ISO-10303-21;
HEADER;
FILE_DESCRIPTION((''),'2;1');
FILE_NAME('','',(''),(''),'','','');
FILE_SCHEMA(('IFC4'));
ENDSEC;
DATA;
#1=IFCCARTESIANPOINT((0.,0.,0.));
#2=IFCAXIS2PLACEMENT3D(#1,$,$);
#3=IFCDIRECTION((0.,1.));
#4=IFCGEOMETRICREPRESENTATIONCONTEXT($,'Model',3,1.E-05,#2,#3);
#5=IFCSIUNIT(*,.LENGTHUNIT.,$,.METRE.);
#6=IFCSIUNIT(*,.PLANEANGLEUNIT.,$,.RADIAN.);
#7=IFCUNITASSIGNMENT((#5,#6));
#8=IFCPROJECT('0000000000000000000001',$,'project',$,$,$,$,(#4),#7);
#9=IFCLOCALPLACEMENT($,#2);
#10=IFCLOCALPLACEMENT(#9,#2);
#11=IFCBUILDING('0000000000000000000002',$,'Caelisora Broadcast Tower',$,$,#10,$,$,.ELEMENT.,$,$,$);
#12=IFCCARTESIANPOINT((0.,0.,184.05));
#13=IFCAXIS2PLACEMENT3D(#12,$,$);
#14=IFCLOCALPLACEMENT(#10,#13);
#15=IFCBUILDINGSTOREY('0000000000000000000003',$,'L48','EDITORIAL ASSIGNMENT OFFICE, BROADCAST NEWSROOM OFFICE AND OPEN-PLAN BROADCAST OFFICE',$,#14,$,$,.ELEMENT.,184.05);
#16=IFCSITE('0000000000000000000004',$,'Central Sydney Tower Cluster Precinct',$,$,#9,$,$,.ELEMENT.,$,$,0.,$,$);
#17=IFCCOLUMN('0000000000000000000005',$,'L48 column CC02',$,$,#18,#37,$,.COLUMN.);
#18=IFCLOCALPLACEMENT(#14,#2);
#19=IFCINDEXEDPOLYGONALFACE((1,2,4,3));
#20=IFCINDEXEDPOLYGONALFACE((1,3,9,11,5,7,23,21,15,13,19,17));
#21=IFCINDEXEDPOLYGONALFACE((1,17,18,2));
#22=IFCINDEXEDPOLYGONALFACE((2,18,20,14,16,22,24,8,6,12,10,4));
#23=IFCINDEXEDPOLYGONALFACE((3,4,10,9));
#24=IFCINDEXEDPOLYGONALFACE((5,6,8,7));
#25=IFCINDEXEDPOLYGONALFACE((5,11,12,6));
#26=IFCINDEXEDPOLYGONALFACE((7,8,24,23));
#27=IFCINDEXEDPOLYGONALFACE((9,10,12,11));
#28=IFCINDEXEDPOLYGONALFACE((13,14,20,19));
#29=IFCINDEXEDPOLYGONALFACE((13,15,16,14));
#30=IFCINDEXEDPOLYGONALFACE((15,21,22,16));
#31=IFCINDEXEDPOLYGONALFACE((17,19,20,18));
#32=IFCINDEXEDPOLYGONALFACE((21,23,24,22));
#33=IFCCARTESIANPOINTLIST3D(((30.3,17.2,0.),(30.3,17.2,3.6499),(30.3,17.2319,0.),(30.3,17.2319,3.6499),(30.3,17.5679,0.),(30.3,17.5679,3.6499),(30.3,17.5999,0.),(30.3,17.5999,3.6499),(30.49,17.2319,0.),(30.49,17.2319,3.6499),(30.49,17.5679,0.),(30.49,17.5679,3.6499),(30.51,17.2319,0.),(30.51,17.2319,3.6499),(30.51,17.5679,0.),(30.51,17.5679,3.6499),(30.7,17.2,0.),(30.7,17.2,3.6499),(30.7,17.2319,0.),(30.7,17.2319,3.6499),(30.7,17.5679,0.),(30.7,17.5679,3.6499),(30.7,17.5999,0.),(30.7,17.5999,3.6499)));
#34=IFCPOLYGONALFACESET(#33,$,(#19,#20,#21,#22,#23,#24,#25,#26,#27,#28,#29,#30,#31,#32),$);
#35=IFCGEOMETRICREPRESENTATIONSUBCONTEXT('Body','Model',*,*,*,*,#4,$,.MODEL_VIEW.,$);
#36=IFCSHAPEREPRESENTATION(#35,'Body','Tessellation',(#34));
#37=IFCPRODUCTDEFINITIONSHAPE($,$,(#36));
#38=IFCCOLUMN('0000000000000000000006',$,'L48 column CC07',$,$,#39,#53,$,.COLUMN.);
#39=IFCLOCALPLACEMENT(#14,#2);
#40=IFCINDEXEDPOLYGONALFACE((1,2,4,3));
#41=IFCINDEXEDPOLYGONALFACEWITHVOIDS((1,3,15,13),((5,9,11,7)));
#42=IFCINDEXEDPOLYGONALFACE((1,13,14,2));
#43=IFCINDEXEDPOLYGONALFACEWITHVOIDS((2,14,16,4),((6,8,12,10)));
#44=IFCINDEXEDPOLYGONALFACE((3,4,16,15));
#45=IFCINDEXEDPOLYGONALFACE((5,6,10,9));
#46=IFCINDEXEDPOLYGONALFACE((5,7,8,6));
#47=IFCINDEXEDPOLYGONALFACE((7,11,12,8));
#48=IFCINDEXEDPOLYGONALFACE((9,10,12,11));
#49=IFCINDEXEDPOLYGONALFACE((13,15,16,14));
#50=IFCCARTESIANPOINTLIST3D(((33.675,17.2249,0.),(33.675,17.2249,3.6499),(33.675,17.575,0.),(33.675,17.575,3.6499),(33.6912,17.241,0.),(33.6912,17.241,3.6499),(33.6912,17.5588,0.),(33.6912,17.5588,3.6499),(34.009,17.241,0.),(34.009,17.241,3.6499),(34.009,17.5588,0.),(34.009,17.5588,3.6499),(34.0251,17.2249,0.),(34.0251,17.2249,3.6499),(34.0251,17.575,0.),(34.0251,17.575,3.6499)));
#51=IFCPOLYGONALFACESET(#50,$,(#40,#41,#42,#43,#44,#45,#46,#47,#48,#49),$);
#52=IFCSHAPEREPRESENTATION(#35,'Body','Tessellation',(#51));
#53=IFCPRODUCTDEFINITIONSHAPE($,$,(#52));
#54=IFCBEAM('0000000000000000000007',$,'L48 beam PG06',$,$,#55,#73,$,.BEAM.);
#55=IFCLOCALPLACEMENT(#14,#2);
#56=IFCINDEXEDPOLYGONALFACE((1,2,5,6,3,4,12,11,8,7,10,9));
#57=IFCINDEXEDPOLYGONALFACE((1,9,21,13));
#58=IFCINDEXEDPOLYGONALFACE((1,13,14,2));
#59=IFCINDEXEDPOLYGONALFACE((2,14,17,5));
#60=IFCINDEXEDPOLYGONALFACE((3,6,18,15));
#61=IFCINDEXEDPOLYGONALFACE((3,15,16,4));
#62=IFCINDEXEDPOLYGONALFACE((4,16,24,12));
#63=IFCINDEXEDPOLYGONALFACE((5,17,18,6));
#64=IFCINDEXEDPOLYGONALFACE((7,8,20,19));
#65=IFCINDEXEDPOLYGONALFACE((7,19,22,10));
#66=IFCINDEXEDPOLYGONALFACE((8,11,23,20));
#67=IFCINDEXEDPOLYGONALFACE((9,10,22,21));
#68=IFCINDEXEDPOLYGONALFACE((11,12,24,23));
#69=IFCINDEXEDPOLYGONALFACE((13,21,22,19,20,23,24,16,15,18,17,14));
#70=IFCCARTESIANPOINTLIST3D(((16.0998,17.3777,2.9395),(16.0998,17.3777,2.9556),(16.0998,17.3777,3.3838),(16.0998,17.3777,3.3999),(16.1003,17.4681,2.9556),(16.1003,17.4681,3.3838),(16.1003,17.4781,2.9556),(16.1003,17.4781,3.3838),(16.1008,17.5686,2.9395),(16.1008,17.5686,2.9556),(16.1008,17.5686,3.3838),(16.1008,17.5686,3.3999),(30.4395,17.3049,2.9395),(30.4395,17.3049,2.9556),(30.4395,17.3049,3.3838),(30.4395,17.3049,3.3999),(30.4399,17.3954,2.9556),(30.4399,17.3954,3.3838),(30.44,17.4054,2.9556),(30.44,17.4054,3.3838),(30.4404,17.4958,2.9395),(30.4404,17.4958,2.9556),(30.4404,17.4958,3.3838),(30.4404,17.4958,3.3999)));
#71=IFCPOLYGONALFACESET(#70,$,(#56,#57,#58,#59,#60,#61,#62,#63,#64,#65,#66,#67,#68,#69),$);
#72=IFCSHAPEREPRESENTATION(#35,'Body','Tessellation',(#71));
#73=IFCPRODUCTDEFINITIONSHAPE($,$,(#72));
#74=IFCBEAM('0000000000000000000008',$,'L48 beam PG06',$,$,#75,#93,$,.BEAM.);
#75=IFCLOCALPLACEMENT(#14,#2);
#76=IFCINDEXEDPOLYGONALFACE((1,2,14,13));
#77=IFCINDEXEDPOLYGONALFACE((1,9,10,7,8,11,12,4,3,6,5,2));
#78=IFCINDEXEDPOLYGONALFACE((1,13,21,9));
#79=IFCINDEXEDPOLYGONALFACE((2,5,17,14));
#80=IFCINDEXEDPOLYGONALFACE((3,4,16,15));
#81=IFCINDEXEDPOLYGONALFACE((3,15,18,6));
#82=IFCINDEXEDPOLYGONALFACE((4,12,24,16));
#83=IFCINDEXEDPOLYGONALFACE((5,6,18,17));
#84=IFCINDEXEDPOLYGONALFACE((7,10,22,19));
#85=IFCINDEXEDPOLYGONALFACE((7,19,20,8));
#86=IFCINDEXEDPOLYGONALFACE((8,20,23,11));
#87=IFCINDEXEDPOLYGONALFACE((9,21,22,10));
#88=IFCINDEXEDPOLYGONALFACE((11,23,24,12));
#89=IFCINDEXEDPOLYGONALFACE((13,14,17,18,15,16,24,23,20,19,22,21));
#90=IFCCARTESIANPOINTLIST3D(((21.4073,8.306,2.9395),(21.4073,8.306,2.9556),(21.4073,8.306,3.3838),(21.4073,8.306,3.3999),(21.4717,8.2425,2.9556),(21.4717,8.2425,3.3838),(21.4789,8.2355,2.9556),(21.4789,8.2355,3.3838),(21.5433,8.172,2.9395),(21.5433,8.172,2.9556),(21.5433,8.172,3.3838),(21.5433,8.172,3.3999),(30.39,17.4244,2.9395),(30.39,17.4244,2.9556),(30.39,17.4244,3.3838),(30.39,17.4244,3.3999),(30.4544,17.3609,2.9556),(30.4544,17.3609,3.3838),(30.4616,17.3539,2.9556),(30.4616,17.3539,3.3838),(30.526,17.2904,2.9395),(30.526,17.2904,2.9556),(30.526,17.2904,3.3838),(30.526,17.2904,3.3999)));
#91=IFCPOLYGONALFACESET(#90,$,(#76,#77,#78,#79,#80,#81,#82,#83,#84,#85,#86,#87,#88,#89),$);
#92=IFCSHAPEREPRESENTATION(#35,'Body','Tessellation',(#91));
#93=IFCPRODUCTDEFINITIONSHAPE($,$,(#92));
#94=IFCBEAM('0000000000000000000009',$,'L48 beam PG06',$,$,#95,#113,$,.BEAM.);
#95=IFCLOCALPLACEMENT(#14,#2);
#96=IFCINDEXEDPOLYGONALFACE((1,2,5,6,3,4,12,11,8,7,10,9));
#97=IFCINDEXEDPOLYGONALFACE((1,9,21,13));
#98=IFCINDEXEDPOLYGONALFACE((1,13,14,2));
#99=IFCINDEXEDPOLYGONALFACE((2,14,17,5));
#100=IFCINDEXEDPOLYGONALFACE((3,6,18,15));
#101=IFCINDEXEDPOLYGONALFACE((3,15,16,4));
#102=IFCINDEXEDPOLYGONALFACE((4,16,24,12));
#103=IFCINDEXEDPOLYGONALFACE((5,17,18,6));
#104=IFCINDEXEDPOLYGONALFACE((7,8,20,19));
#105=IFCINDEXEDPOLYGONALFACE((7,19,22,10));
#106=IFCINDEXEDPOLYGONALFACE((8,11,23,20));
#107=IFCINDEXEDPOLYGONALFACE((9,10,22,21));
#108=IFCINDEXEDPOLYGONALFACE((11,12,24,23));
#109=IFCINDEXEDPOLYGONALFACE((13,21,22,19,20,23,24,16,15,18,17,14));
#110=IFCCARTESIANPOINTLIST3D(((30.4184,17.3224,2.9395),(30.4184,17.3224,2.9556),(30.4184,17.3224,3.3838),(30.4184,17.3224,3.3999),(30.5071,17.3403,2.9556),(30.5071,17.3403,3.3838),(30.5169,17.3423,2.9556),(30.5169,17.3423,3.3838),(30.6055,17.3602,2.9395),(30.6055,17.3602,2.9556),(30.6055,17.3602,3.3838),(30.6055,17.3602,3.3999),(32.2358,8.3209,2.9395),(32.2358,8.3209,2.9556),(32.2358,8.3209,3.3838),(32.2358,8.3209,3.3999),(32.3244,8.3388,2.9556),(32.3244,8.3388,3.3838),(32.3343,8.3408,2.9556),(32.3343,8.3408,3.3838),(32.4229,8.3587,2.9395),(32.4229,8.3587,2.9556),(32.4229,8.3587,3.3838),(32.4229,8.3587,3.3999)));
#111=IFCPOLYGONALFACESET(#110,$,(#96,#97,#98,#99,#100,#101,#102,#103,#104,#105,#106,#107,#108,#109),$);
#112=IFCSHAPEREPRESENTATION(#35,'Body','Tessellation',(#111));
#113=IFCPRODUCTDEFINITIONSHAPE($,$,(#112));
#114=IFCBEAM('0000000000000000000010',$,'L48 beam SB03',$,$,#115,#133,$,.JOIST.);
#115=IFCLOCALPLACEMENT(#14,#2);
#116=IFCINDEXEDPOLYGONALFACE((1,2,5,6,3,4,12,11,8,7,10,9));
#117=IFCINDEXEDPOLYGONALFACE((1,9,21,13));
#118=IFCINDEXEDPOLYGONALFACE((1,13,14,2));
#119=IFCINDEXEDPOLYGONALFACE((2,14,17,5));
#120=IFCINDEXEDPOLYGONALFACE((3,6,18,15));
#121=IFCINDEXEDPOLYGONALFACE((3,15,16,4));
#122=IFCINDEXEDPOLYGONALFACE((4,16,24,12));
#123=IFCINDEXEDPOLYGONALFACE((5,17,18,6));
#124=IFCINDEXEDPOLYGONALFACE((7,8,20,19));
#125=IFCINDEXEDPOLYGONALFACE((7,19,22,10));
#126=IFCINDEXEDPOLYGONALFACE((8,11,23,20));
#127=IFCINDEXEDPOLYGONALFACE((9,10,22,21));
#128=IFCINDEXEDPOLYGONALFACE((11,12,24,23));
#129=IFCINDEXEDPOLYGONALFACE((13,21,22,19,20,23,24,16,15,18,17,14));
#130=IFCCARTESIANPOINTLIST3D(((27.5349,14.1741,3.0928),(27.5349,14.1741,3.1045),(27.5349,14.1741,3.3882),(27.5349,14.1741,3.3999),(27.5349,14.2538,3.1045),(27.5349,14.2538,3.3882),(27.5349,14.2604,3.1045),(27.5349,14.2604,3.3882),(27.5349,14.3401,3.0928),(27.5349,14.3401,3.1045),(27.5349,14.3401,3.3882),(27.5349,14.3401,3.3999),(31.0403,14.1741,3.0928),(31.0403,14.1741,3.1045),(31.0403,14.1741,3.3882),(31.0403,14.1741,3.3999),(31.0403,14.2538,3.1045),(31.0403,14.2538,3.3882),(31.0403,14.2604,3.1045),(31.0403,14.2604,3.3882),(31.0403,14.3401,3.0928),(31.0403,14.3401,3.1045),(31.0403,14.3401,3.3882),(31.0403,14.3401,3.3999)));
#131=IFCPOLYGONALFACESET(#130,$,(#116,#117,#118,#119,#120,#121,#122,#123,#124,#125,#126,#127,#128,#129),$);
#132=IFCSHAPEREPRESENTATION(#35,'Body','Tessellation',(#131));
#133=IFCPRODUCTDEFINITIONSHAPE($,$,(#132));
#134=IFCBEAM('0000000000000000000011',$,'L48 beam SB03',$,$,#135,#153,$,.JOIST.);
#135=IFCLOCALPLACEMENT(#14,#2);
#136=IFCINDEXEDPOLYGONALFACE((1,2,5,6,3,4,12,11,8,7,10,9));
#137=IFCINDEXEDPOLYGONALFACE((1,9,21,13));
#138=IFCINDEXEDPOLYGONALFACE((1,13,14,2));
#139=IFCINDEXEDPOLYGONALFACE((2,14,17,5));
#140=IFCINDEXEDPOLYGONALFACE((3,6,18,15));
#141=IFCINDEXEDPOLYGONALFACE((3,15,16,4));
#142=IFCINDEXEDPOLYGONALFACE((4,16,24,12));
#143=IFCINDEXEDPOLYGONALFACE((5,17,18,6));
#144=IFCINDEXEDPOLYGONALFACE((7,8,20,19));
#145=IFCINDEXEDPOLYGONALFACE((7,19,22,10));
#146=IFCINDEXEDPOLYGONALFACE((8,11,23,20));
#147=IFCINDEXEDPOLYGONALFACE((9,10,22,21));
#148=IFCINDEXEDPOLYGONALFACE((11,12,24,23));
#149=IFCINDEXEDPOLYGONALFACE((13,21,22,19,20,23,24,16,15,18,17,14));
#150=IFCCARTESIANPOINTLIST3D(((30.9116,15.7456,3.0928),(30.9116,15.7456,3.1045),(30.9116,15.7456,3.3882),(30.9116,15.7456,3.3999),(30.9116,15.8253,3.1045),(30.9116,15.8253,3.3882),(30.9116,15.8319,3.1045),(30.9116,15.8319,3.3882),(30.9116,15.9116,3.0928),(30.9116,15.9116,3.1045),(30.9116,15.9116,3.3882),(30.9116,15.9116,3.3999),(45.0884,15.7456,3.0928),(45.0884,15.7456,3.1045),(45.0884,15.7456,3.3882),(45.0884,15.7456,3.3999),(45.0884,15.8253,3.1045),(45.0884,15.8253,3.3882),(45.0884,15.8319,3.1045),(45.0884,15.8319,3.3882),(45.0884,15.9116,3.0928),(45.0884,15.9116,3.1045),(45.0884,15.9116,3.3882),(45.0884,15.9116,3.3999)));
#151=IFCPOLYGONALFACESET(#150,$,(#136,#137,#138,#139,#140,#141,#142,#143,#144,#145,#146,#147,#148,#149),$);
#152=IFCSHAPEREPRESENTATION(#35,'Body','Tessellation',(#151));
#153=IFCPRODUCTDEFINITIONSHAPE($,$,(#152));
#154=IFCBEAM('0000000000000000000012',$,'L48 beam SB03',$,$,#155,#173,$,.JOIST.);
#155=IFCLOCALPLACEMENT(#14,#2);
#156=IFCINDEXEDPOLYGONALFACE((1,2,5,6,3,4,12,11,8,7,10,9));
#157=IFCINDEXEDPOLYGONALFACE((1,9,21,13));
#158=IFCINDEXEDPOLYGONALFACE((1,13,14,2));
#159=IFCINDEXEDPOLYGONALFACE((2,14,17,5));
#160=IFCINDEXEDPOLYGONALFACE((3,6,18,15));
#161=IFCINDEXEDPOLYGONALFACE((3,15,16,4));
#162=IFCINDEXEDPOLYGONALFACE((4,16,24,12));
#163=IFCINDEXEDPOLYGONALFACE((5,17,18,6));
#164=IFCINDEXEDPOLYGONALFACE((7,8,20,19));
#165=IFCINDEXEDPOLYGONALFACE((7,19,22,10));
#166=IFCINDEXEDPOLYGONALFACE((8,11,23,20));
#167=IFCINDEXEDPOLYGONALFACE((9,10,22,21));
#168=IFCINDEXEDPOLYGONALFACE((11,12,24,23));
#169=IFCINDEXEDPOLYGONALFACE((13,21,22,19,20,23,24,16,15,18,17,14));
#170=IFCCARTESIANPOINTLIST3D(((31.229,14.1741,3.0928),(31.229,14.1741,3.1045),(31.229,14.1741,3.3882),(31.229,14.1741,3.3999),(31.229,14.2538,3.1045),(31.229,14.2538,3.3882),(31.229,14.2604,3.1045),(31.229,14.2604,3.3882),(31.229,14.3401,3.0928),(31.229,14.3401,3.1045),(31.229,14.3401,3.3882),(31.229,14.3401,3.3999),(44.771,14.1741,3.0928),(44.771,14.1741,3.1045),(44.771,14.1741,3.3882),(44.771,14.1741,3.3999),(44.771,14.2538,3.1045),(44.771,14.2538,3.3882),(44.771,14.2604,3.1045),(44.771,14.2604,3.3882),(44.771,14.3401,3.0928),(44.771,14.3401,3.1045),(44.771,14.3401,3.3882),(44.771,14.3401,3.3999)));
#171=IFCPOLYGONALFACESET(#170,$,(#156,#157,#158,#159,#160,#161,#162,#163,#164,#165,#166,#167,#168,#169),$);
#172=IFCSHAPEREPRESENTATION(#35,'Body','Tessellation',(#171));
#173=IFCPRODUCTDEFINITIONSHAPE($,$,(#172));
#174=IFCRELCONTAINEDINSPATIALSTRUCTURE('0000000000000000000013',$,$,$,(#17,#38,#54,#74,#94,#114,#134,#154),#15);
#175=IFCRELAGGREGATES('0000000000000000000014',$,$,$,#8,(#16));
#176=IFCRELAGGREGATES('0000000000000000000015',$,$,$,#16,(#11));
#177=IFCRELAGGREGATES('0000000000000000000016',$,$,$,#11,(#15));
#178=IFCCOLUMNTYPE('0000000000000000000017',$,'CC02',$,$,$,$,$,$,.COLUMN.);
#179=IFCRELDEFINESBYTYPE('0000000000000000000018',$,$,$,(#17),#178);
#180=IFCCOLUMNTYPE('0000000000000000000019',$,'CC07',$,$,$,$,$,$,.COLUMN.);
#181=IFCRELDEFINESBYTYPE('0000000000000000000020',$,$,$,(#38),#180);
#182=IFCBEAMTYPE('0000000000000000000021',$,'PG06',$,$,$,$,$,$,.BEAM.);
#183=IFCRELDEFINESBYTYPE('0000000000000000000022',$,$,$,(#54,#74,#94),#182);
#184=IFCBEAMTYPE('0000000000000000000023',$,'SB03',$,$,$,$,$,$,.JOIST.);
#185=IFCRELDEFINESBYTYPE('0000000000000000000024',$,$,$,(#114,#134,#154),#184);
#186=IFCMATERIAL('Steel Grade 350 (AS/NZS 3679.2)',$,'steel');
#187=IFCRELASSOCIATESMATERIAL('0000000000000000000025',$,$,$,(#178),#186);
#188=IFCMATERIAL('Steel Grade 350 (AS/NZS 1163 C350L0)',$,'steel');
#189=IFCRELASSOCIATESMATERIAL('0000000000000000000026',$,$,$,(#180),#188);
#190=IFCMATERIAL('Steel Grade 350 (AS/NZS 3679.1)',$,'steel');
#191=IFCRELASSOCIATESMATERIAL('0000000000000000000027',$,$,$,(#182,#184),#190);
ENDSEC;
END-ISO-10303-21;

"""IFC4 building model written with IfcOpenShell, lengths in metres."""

from ifc_helpers import new_model, si_unit, direction, frame, origin, origin_2d, place, context, subcontext, project, spatial, hollow_rectangle, i_section, extrude, source, transform, mapped, material, material_profile, profile_set, type_object, type_shapes, element, save


model = new_model("IFC4")

# Units and contexts
model_context = context("Model", 3, precision=1e-05, world=origin(), true_north=direction((0.0, 1.0)))
body_context = subcontext(model_context, "Body", "Model", "MODEL_VIEW")
ifc_project = project(units=[si_unit("LENGTHUNIT", "METRE"), si_unit("PLANEANGLEUNIT", "RADIAN")], contexts=[model_context])

# Site, building, storey
site_placement = place(None, origin())
site = spatial("IfcSite", under=ifc_project, at=site_placement, Name="Central Sydney Tower Cluster Precinct", CompositionType="ELEMENT", RefElevation=0.0)
building_placement = place(site_placement, origin())
building = spatial("IfcBuilding", under=site, at=building_placement, Name="Caelisora Broadcast Tower", CompositionType="ELEMENT")
storey_placement = place(building_placement, frame((0.0, 0.0, 184.05)))
storey = spatial("IfcBuildingStorey", under=building, at=storey_placement, Name="L48", Description="EDITORIAL ASSIGNMENT OFFICE, BROADCAST NEWSROOM OFFICE AND OPEN-PLAN BROADCAST OFFICE", CompositionType="ELEMENT", Elevation=184.05)

# Columns
ifc_material_1 = material(Name="Steel Grade 350 (AS/NZS 3679.2)", Category="steel")
ifc_material_profile_1 = material_profile(ifc_material_1, i_section(OverallWidth=0.3999, OverallDepth=0.3999, WebThickness=0.02, FlangeThickness=0.032, at=origin_2d()), Name="Steel Grade 350 (AS/NZS 3679.2)")
ifc_profile_set_1 = profile_set([ifc_material_profile_1], Name="Steel Grade 350 (AS/NZS 3679.2)")
column_type_1 = type_object("IfcColumnType", Name="CC02", PredefinedType="COLUMN", material=ifc_profile_set_1)
shared_shape_1 = source(origin(), body_context, "Body", "SweptSolid", [
    extrude(i_section(OverallWidth=0.3999, OverallDepth=0.3999, WebThickness=0.02, FlangeThickness=0.032, at=origin_2d()), origin(), (0.0, 0.0, 1.0), 3.6499),
])
type_shapes(column_type_1, [shared_shape_1])
column_1_placement = place(storey_placement, frame((30.5, 17.3999, 0.0), z_axis=(0.0, 0.0, 1.0), x_axis=(1.0, 0.0, 0.0)))
element("IfcColumn", 1, at=column_1_placement, inside=storey, type_object=column_type_1, Name="L48 column CC02", PredefinedType="COLUMN", context=body_context, shape_type="MappedRepresentation", body=[
    mapped(shared_shape_1, transform((0.0, 0.0, 0.0), scale=1.0)),
])
ifc_material_2 = material(Name="Steel Grade 350 (AS/NZS 1163 C350L0)", Category="steel")
ifc_material_profile_2 = material_profile(ifc_material_2, hollow_rectangle(XDim=0.3501, YDim=0.3501, WallThickness=0.0161, at=origin_2d()), Name="Steel Grade 350 (AS/NZS 1163 C350L0)")
ifc_profile_set_2 = profile_set([ifc_material_profile_2], Name="Steel Grade 350 (AS/NZS 1163 C350L0)")
column_type_2 = type_object("IfcColumnType", Name="CC07", PredefinedType="COLUMN", material=ifc_profile_set_2)
shared_shape_2 = source(origin(), body_context, "Body", "SweptSolid", [
    extrude(hollow_rectangle(XDim=0.3501, YDim=0.3501, WallThickness=0.0161, at=origin_2d()), origin(), (0.0, 0.0, 1.0), 3.6499),
])
type_shapes(column_type_2, [shared_shape_2])
column_2_placement = place(storey_placement, frame((33.8501, 17.3999, 0.0), z_axis=(0.0, 0.0, 1.0), x_axis=(1.0, 0.0, 0.0)))
element("IfcColumn", 2, at=column_2_placement, inside=storey, type_object=column_type_2, Name="L48 column CC07", PredefinedType="COLUMN", context=body_context, shape_type="MappedRepresentation", body=[
    mapped(shared_shape_2, transform((0.0, 0.0, 0.0), scale=1.0)),
])

# Beams
ifc_material_3 = material(Name="Steel Grade 350 (AS/NZS 3679.1)", Category="steel")
ifc_material_profile_3 = material_profile(ifc_material_3, i_section(OverallWidth=0.1909, OverallDepth=0.4604, WebThickness=0.01, FlangeThickness=0.0161, at=origin_2d()), Name="Steel Grade 350 (AS/NZS 3679.1)")
ifc_profile_set_3 = profile_set([ifc_material_profile_3], Name="Steel Grade 350 (AS/NZS 3679.1)")
beam_type_1 = type_object("IfcBeamType", Name="PG06", PredefinedType="BEAM", material=ifc_profile_set_3)
shared_shape_3 = source(origin(), body_context, "Body", "SweptSolid", [
    extrude(i_section(OverallWidth=0.1909, OverallDepth=0.4604, WebThickness=0.01, FlangeThickness=0.0161, at=origin_2d()), origin(), (0.0, 0.0, 1.0), 14.3398),
])
beam_1_placement = place(storey_placement, frame((30.4399, 17.4004, 3.1697), z_axis=(-0.999987, 0.005074, 0.0), x_axis=(-0.005074, -0.999987, 0.0)))
element("IfcBeam", 3, at=beam_1_placement, inside=storey, type_object=beam_type_1, Name="L48 beam PG06", PredefinedType="BEAM", context=body_context, shape_type="MappedRepresentation", body=[
    mapped(shared_shape_3, transform((0.0, 0.0, 0.0), scale=1.0)),
])
shared_shape_4 = source(origin(), body_context, "Body", "SweptSolid", [
    extrude(i_section(OverallWidth=0.1909, OverallDepth=0.4604, WebThickness=0.01, FlangeThickness=0.0161, at=origin_2d()), origin(), (0.0, 0.0, 1.0), 12.7998),
])
beam_2_placement = place(storey_placement, frame((30.458, 17.3574, 3.1697), z_axis=(-0.701784, -0.712389, 0.0), x_axis=(0.712389, -0.701784, 0.0)))
element("IfcBeam", 4, at=beam_2_placement, inside=storey, type_object=beam_type_1, Name="L48 beam PG06", PredefinedType="BEAM", context=body_context, shape_type="MappedRepresentation", body=[
    mapped(shared_shape_4, transform((0.0, 0.0, 0.0), scale=1.0)),
])
shared_shape_5 = source(origin(), body_context, "Body", "SweptSolid", [
    extrude(i_section(OverallWidth=0.1909, OverallDepth=0.4604, WebThickness=0.01, FlangeThickness=0.0161, at=origin_2d()), origin(), (0.0, 0.0, 1.0), 9.1831),
])
type_shapes(beam_type_1, [shared_shape_3, shared_shape_4, shared_shape_5])
beam_3_placement = place(storey_placement, frame((30.512, 17.3413, 3.1697), z_axis=(0.197905, -0.980221, 0.0), x_axis=(0.980221, 0.197905, 0.0)))
element("IfcBeam", 5, at=beam_3_placement, inside=storey, type_object=beam_type_1, Name="L48 beam PG06", PredefinedType="BEAM", context=body_context, shape_type="MappedRepresentation", body=[
    mapped(shared_shape_5, transform((0.0, 0.0, 0.0), scale=1.0)),
])
ifc_material_profile_4 = material_profile(ifc_material_3, i_section(OverallWidth=0.166, OverallDepth=0.3071, WebThickness=0.0066, FlangeThickness=0.0117, at=origin_2d()), Name="Steel Grade 350 (AS/NZS 3679.1)")
ifc_profile_set_4 = profile_set([ifc_material_profile_4], Name="Steel Grade 350 (AS/NZS 3679.1)")
beam_type_2 = type_object("IfcBeamType", Name="SB03", PredefinedType="JOIST", material=ifc_profile_set_4)
shared_shape_6 = source(origin(), body_context, "Body", "SweptSolid", [
    extrude(i_section(OverallWidth=0.166, OverallDepth=0.3071, WebThickness=0.0066, FlangeThickness=0.0117, at=origin_2d()), origin(), (0.0, 0.0, 1.0), 3.5054),
])
beam_4_placement = place(storey_placement, frame((27.5349, 14.2571, 3.2463), z_axis=(1.0, 0.0, 0.0), x_axis=(0.0, 1.0, 0.0)))
element("IfcBeam", 6, at=beam_4_placement, inside=storey, type_object=beam_type_2, Name="L48 beam SB03", PredefinedType="JOIST", context=body_context, shape_type="MappedRepresentation", body=[
    mapped(shared_shape_6, transform((0.0, 0.0, 0.0), scale=1.0)),
])
shared_shape_7 = source(origin(), body_context, "Body", "SweptSolid", [
    extrude(i_section(OverallWidth=0.166, OverallDepth=0.3071, WebThickness=0.0066, FlangeThickness=0.0117, at=origin_2d()), origin(), (0.0, 0.0, 1.0), 14.1768),
])
beam_5_placement = place(storey_placement, frame((30.9116, 15.8286, 3.2463), z_axis=(1.0, 0.0, 0.0), x_axis=(0.0, 1.0, 0.0)))
element("IfcBeam", 7, at=beam_5_placement, inside=storey, type_object=beam_type_2, Name="L48 beam SB03", PredefinedType="JOIST", context=body_context, shape_type="MappedRepresentation", body=[
    mapped(shared_shape_7, transform((0.0, 0.0, 0.0), scale=1.0)),
])
shared_shape_8 = source(origin(), body_context, "Body", "SweptSolid", [
    extrude(i_section(OverallWidth=0.166, OverallDepth=0.3071, WebThickness=0.0066, FlangeThickness=0.0117, at=origin_2d()), origin(), (0.0, 0.0, 1.0), 13.542),
])
beam_6_placement = place(storey_placement, frame((31.229, 14.2571, 3.2463), z_axis=(1.0, 0.0, 0.0), x_axis=(0.0, 1.0, 0.0)))
element("IfcBeam", 8, at=beam_6_placement, inside=storey, type_object=beam_type_2, Name="L48 beam SB03", PredefinedType="JOIST", context=body_context, shape_type="MappedRepresentation", body=[
    mapped(shared_shape_8, transform((0.0, 0.0, 0.0), scale=1.0)),
])

save(model, "model.ifc")
